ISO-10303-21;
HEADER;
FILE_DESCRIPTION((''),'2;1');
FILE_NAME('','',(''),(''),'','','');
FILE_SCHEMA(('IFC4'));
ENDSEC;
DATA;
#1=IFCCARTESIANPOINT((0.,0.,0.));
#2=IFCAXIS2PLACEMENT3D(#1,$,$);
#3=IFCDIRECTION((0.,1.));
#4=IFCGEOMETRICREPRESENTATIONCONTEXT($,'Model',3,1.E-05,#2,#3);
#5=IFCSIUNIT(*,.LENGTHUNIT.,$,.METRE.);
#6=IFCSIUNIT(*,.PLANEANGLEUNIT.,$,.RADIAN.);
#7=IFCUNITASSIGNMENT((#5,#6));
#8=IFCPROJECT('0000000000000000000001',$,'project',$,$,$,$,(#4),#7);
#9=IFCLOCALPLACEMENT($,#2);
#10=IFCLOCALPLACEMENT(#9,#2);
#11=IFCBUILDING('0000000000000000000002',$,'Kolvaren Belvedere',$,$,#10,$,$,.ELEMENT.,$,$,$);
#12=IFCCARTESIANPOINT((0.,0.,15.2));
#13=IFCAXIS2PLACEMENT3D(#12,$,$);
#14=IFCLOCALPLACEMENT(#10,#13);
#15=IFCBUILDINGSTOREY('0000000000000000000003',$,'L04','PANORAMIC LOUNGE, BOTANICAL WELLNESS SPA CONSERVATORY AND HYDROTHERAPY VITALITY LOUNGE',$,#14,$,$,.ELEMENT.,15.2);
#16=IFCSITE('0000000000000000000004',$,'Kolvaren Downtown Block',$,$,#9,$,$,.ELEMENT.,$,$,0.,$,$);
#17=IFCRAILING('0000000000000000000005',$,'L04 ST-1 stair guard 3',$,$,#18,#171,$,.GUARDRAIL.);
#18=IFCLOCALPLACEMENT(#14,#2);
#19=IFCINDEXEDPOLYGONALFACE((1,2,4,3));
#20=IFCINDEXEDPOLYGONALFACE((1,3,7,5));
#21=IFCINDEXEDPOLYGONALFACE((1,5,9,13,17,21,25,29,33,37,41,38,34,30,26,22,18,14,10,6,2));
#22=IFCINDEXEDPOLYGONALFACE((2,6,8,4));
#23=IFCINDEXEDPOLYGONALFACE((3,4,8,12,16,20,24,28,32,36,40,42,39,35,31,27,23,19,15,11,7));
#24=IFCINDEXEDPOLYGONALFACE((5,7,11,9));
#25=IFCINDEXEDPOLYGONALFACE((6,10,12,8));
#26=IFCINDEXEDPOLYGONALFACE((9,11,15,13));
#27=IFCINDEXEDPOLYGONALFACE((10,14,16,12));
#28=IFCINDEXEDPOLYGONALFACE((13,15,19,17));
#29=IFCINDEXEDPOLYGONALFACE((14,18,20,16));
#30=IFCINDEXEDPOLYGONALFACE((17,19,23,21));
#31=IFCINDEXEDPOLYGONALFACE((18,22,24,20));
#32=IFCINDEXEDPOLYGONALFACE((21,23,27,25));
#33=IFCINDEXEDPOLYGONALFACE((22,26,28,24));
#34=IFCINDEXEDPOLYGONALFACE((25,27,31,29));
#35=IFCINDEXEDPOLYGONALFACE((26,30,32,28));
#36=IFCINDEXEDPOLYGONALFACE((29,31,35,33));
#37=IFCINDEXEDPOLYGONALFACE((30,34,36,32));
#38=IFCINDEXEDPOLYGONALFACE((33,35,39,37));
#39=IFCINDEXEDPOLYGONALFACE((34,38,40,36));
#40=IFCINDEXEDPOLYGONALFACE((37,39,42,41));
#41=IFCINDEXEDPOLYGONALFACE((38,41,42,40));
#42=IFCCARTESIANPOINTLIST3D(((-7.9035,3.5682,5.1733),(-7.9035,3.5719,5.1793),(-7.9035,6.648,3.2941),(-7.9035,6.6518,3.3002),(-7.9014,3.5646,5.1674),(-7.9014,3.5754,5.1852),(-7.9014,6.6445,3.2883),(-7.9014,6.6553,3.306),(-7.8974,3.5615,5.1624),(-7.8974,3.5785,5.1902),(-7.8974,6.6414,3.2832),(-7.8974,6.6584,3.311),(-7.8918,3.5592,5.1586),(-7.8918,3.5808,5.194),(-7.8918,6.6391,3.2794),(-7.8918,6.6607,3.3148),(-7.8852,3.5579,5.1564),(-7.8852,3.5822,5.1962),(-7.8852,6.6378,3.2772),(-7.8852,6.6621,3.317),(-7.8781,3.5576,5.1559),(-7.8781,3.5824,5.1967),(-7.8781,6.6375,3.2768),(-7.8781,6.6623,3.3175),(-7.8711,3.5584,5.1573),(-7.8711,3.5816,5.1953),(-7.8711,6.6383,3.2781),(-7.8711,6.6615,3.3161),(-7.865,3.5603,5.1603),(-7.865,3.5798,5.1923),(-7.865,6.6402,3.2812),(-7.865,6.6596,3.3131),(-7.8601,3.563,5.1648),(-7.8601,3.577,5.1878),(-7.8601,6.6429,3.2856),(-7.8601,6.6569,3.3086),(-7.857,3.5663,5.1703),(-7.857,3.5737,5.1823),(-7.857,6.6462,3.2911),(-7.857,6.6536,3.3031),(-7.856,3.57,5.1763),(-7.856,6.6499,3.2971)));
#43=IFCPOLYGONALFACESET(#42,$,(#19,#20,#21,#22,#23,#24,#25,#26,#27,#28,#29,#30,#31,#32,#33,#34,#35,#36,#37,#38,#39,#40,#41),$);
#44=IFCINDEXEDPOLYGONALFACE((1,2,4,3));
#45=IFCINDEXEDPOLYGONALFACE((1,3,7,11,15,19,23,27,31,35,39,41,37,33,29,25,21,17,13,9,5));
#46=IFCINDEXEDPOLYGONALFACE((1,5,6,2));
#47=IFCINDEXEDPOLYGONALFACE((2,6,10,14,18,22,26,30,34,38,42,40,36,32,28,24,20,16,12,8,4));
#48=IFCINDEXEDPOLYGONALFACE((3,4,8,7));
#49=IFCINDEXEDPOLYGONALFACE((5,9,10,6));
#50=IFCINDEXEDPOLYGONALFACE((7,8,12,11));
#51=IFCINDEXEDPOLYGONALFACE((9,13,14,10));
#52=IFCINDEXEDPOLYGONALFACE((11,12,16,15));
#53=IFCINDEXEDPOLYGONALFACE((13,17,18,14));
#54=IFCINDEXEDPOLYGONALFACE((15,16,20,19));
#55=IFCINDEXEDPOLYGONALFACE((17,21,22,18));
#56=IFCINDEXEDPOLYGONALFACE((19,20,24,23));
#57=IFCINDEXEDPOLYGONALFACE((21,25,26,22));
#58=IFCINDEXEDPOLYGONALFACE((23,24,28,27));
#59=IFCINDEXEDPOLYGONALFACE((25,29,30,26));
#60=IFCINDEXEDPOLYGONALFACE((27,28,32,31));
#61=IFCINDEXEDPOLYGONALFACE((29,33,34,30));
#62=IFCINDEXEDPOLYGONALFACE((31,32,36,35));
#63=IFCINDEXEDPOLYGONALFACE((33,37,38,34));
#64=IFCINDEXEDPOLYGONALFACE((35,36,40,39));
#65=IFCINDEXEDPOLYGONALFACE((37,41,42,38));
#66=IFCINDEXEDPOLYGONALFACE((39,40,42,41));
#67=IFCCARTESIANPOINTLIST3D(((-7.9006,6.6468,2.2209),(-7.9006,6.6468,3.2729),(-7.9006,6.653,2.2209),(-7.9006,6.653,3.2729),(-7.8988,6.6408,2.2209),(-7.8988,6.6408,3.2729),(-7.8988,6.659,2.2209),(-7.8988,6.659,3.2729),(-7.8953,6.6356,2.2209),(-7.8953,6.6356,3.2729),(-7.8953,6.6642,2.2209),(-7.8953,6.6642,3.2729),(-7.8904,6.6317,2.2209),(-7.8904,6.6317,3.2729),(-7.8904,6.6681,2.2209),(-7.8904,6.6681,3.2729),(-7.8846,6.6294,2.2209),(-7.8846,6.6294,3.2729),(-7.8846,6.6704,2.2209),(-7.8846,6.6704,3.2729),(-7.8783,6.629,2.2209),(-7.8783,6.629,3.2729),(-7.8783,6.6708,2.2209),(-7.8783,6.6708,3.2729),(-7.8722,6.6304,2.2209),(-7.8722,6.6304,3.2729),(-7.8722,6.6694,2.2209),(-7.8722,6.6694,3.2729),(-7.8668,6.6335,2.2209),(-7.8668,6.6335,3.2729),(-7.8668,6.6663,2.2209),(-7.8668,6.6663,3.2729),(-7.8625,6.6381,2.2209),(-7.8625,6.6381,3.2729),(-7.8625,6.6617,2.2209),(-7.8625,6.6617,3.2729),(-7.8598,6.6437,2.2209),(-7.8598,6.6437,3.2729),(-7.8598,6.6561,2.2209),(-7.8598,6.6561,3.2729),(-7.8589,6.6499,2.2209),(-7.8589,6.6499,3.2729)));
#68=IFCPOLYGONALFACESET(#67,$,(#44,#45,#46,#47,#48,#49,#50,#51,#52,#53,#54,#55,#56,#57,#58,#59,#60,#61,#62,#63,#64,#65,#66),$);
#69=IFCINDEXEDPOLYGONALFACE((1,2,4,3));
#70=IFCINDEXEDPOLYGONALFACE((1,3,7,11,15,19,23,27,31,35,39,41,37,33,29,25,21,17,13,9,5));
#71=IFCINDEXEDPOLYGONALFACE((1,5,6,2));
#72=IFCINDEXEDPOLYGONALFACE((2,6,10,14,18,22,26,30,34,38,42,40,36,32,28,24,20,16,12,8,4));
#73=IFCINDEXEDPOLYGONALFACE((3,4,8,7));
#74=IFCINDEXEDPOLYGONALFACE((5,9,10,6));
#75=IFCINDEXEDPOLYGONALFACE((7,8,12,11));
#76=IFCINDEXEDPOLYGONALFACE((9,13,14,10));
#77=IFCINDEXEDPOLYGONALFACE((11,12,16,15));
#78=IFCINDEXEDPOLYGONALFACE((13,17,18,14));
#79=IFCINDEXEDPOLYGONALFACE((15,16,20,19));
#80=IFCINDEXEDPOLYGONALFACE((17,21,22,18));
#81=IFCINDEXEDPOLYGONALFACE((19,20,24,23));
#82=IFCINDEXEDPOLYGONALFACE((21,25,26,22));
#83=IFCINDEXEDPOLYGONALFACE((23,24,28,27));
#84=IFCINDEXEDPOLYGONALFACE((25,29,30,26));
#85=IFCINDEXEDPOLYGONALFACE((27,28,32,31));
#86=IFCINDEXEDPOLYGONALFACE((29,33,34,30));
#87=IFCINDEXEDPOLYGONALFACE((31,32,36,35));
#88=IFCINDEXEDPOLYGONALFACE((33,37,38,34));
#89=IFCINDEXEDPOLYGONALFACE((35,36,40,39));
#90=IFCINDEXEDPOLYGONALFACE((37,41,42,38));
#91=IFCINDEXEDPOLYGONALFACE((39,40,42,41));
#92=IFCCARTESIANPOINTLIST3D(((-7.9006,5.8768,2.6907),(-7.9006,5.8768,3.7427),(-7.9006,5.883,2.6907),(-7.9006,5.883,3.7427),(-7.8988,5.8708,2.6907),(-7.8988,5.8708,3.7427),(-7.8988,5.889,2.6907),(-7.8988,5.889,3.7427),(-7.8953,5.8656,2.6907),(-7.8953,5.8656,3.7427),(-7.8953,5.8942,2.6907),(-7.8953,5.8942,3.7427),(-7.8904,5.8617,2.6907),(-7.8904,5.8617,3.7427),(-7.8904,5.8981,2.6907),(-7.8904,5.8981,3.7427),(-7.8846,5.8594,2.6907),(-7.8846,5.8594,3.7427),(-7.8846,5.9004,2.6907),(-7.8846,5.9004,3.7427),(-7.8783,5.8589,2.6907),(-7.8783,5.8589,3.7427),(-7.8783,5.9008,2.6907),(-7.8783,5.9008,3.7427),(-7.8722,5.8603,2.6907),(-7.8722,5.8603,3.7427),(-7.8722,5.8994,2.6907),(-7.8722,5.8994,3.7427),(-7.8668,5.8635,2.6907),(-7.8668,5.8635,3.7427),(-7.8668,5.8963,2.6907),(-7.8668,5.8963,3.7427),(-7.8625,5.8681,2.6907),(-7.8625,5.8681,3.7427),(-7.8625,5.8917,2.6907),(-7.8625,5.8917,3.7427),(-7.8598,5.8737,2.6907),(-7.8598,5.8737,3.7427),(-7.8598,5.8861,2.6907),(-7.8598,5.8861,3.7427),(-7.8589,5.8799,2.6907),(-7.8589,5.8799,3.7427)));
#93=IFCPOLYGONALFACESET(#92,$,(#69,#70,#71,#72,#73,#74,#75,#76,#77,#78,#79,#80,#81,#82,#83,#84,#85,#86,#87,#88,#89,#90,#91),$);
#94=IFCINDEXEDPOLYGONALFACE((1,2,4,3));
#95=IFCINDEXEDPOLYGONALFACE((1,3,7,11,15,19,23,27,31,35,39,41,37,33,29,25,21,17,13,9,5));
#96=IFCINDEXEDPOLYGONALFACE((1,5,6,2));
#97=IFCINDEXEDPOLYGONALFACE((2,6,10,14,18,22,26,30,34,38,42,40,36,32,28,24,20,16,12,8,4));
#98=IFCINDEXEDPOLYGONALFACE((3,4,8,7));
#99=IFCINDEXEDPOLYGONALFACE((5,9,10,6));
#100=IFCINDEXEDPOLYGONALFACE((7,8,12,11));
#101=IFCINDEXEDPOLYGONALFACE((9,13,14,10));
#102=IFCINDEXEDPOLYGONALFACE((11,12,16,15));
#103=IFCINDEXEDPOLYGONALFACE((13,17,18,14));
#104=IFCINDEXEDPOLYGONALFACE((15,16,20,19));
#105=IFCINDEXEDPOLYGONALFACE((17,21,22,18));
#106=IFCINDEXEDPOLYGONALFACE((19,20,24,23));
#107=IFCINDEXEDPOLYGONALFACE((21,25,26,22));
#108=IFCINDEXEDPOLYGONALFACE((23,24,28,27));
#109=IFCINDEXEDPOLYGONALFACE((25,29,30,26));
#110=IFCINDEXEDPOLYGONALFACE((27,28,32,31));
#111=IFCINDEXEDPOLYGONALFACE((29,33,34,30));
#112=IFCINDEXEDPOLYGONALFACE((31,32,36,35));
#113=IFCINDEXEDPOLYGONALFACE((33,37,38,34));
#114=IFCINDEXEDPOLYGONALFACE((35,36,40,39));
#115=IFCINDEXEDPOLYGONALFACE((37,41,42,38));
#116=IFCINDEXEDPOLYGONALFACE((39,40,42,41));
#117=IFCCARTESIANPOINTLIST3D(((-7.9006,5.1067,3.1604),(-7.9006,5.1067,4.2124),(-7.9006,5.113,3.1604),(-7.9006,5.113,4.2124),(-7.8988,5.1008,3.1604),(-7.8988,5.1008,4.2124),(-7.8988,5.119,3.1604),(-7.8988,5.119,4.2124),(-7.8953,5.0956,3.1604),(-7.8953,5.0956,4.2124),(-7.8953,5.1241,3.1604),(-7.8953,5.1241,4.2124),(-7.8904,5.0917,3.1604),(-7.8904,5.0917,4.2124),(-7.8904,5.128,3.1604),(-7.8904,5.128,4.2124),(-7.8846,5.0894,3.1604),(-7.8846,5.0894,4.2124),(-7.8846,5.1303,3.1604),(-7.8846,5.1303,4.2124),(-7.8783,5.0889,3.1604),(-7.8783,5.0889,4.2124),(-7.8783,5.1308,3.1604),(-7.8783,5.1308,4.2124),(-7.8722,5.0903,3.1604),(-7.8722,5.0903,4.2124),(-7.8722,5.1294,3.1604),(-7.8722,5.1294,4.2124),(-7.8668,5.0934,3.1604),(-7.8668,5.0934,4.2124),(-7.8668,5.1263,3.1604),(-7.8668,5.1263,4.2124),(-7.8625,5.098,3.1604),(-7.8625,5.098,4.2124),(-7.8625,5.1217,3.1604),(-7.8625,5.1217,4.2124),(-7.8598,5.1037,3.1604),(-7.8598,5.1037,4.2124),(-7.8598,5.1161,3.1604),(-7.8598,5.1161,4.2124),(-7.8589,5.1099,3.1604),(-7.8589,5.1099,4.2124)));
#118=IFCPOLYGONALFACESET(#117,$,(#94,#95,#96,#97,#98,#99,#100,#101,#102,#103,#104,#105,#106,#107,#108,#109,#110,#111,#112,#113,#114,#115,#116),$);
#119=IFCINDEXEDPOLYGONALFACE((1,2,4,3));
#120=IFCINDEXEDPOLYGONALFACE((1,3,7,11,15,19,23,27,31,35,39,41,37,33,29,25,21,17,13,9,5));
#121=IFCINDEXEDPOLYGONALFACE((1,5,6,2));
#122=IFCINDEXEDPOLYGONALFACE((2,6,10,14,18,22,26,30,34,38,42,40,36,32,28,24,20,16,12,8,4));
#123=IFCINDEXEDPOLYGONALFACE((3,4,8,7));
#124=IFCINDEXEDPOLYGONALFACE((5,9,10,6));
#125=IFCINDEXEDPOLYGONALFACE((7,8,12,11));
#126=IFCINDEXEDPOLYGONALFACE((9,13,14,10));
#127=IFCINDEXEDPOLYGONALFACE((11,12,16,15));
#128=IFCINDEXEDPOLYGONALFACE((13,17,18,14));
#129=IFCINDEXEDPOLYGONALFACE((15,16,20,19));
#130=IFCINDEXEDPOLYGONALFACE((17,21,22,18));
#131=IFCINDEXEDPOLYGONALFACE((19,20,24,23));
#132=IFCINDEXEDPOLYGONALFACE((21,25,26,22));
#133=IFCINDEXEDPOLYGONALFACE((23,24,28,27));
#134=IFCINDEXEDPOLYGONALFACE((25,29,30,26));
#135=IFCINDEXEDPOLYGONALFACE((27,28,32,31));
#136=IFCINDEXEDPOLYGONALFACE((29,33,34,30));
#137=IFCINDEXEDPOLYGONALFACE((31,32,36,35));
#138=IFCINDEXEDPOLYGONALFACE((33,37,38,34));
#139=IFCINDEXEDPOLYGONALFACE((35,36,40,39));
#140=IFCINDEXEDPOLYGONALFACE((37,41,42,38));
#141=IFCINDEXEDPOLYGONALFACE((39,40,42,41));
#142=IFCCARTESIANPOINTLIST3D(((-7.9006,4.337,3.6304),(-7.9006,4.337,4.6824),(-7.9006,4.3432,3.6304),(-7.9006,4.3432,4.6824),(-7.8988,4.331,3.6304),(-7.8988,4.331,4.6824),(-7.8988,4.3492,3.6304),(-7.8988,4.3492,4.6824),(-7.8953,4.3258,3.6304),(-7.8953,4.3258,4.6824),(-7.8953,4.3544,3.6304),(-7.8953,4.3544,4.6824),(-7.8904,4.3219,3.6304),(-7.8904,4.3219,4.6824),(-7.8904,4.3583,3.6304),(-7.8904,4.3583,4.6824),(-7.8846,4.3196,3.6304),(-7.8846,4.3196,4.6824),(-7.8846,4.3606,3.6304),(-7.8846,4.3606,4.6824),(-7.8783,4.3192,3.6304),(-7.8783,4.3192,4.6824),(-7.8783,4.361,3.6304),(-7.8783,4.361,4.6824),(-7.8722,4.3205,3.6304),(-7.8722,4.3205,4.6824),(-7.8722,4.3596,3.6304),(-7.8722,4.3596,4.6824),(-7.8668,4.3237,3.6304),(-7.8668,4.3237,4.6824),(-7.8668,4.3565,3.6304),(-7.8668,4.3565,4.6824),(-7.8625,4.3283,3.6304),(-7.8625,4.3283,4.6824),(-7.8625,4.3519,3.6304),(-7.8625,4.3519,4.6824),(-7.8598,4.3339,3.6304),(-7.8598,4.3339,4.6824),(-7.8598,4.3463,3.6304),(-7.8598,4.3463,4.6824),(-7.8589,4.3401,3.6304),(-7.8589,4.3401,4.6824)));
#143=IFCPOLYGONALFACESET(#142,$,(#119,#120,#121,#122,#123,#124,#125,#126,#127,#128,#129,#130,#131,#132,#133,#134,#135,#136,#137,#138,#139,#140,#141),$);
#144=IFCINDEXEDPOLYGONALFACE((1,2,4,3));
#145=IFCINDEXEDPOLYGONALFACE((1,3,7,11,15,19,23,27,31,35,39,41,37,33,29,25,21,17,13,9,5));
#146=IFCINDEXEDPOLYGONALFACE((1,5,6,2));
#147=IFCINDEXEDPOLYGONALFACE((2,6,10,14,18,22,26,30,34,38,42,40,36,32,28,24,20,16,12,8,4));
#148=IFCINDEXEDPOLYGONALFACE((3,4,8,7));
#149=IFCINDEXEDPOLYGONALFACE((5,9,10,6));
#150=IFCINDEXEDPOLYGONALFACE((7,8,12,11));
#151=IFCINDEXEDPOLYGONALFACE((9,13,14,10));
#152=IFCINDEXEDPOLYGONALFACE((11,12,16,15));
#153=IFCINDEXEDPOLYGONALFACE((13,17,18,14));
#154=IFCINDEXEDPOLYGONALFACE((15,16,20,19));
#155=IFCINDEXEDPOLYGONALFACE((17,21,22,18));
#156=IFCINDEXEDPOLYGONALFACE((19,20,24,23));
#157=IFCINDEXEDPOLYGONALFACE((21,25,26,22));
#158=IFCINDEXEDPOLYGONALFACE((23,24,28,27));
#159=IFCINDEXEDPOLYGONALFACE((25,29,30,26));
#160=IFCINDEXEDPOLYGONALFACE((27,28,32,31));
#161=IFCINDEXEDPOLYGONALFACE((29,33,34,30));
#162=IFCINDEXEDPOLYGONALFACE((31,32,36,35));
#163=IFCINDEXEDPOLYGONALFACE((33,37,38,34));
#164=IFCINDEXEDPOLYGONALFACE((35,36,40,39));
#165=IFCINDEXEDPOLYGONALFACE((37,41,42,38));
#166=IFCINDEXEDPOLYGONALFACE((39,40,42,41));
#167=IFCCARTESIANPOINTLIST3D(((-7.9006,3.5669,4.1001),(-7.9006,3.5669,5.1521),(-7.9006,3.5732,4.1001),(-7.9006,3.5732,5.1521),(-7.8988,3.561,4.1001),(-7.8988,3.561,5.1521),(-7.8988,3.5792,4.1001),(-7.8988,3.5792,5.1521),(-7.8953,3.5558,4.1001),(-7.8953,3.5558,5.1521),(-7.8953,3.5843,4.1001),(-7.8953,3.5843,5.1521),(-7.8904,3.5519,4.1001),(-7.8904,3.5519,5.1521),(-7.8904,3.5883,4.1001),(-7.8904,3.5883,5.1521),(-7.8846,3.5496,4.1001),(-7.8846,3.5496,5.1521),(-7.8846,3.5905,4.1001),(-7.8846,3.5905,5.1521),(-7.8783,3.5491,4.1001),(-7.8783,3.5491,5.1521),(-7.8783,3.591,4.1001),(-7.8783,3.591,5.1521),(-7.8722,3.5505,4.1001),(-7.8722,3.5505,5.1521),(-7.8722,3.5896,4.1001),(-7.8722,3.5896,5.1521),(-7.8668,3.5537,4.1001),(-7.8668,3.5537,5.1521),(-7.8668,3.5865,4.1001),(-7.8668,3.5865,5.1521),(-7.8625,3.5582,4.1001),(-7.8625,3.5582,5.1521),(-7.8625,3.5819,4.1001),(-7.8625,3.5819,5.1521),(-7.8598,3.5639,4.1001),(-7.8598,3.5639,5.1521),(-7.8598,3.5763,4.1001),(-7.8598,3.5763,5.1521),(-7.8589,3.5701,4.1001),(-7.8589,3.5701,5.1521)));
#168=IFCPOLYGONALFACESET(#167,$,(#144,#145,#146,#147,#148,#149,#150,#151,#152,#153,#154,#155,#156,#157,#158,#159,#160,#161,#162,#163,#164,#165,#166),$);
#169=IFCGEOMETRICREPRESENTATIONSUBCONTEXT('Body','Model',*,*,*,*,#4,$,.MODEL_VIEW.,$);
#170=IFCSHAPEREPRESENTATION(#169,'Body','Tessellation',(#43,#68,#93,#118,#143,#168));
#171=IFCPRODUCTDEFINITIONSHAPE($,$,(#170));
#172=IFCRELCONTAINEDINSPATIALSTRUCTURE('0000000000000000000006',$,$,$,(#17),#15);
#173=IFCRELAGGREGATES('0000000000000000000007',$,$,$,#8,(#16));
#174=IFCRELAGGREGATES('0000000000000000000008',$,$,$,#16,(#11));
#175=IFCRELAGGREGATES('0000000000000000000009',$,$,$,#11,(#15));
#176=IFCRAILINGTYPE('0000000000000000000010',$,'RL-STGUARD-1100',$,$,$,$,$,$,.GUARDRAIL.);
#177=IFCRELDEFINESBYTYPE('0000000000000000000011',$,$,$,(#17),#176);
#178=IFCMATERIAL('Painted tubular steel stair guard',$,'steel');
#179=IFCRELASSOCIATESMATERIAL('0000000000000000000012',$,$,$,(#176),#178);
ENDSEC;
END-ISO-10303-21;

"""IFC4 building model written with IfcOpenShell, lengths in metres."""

from ifc_helpers import new_model, si_unit, direction, frame, origin, origin_2d, place, context, subcontext, project, spatial, circle, extrude, material, type_object, element, save


model = new_model("IFC4")

# Units and contexts
model_context = context("Model", 3, precision=1e-05, world=origin(), true_north=direction((0.0, 1.0)))
body_context = subcontext(model_context, "Body", "Model", "MODEL_VIEW")
ifc_project = project(units=[si_unit("LENGTHUNIT", "METRE"), si_unit("PLANEANGLEUNIT", "RADIAN")], contexts=[model_context])

# Site, building, storey
site_placement = place(None, origin())
site = spatial("IfcSite", under=ifc_project, at=site_placement, Name="Kolvaren Downtown Block", CompositionType="ELEMENT", RefElevation=0.0)
building_placement = place(site_placement, origin())
building = spatial("IfcBuilding", under=site, at=building_placement, Name="Kolvaren Belvedere", CompositionType="ELEMENT")
storey_placement = place(building_placement, frame((0.0, 0.0, 15.2)))
storey = spatial("IfcBuildingStorey", under=building, at=storey_placement, Name="L04", Description="PANORAMIC LOUNGE, BOTANICAL WELLNESS SPA CONSERVATORY AND HYDROTHERAPY VITALITY LOUNGE", CompositionType="ELEMENT", Elevation=15.2)

# Railing
ifc_material_1 = material(Name="Painted tubular steel stair guard", Category="steel")
railing_type_1 = type_object("IfcRailingType", Name="RL-STGUARD-1100", PredefinedType="GUARDRAIL", material=ifc_material_1)
railing_1_placement = place(storey_placement, frame((-7.8799, 6.6499, 2.2209)))
element("IfcRailing", 1, at=railing_1_placement, inside=storey, type_object=railing_type_1, Name="L04 ST-1 stair guard 3", PredefinedType="GUARDRAIL", context=body_context, shape_type="SweptSolid", body=[
    extrude(circle(Radius=0.0239, at=origin_2d()), frame((0.0, 0.0, 1.0762), z_axis=(0.0, -0.853648, 0.52085), x_axis=(1.0, 0.0, 0.0)), (0.0, 0.0, 1.0), 3.6079),
    extrude(circle(Radius=0.021, at=origin_2d()), origin(), (0.0, 0.0, 1.0), 1.052),
    extrude(circle(Radius=0.021, at=origin_2d()), frame((0.0, -0.77, 0.4697)), (0.0, 0.0, 1.0), 1.052),
    extrude(circle(Radius=0.021, at=origin_2d()), frame((0.0, -1.54, 0.9395)), (0.0, 0.0, 1.0), 1.052),
    extrude(circle(Radius=0.021, at=origin_2d()), frame((0.0, -2.3098, 1.4094)), (0.0, 0.0, 1.0), 1.052),
    extrude(circle(Radius=0.021, at=origin_2d()), frame((0.0, -3.0798, 1.8792)), (0.0, 0.0, 1.0), 1.052),
])

save(model, "model.ifc")
